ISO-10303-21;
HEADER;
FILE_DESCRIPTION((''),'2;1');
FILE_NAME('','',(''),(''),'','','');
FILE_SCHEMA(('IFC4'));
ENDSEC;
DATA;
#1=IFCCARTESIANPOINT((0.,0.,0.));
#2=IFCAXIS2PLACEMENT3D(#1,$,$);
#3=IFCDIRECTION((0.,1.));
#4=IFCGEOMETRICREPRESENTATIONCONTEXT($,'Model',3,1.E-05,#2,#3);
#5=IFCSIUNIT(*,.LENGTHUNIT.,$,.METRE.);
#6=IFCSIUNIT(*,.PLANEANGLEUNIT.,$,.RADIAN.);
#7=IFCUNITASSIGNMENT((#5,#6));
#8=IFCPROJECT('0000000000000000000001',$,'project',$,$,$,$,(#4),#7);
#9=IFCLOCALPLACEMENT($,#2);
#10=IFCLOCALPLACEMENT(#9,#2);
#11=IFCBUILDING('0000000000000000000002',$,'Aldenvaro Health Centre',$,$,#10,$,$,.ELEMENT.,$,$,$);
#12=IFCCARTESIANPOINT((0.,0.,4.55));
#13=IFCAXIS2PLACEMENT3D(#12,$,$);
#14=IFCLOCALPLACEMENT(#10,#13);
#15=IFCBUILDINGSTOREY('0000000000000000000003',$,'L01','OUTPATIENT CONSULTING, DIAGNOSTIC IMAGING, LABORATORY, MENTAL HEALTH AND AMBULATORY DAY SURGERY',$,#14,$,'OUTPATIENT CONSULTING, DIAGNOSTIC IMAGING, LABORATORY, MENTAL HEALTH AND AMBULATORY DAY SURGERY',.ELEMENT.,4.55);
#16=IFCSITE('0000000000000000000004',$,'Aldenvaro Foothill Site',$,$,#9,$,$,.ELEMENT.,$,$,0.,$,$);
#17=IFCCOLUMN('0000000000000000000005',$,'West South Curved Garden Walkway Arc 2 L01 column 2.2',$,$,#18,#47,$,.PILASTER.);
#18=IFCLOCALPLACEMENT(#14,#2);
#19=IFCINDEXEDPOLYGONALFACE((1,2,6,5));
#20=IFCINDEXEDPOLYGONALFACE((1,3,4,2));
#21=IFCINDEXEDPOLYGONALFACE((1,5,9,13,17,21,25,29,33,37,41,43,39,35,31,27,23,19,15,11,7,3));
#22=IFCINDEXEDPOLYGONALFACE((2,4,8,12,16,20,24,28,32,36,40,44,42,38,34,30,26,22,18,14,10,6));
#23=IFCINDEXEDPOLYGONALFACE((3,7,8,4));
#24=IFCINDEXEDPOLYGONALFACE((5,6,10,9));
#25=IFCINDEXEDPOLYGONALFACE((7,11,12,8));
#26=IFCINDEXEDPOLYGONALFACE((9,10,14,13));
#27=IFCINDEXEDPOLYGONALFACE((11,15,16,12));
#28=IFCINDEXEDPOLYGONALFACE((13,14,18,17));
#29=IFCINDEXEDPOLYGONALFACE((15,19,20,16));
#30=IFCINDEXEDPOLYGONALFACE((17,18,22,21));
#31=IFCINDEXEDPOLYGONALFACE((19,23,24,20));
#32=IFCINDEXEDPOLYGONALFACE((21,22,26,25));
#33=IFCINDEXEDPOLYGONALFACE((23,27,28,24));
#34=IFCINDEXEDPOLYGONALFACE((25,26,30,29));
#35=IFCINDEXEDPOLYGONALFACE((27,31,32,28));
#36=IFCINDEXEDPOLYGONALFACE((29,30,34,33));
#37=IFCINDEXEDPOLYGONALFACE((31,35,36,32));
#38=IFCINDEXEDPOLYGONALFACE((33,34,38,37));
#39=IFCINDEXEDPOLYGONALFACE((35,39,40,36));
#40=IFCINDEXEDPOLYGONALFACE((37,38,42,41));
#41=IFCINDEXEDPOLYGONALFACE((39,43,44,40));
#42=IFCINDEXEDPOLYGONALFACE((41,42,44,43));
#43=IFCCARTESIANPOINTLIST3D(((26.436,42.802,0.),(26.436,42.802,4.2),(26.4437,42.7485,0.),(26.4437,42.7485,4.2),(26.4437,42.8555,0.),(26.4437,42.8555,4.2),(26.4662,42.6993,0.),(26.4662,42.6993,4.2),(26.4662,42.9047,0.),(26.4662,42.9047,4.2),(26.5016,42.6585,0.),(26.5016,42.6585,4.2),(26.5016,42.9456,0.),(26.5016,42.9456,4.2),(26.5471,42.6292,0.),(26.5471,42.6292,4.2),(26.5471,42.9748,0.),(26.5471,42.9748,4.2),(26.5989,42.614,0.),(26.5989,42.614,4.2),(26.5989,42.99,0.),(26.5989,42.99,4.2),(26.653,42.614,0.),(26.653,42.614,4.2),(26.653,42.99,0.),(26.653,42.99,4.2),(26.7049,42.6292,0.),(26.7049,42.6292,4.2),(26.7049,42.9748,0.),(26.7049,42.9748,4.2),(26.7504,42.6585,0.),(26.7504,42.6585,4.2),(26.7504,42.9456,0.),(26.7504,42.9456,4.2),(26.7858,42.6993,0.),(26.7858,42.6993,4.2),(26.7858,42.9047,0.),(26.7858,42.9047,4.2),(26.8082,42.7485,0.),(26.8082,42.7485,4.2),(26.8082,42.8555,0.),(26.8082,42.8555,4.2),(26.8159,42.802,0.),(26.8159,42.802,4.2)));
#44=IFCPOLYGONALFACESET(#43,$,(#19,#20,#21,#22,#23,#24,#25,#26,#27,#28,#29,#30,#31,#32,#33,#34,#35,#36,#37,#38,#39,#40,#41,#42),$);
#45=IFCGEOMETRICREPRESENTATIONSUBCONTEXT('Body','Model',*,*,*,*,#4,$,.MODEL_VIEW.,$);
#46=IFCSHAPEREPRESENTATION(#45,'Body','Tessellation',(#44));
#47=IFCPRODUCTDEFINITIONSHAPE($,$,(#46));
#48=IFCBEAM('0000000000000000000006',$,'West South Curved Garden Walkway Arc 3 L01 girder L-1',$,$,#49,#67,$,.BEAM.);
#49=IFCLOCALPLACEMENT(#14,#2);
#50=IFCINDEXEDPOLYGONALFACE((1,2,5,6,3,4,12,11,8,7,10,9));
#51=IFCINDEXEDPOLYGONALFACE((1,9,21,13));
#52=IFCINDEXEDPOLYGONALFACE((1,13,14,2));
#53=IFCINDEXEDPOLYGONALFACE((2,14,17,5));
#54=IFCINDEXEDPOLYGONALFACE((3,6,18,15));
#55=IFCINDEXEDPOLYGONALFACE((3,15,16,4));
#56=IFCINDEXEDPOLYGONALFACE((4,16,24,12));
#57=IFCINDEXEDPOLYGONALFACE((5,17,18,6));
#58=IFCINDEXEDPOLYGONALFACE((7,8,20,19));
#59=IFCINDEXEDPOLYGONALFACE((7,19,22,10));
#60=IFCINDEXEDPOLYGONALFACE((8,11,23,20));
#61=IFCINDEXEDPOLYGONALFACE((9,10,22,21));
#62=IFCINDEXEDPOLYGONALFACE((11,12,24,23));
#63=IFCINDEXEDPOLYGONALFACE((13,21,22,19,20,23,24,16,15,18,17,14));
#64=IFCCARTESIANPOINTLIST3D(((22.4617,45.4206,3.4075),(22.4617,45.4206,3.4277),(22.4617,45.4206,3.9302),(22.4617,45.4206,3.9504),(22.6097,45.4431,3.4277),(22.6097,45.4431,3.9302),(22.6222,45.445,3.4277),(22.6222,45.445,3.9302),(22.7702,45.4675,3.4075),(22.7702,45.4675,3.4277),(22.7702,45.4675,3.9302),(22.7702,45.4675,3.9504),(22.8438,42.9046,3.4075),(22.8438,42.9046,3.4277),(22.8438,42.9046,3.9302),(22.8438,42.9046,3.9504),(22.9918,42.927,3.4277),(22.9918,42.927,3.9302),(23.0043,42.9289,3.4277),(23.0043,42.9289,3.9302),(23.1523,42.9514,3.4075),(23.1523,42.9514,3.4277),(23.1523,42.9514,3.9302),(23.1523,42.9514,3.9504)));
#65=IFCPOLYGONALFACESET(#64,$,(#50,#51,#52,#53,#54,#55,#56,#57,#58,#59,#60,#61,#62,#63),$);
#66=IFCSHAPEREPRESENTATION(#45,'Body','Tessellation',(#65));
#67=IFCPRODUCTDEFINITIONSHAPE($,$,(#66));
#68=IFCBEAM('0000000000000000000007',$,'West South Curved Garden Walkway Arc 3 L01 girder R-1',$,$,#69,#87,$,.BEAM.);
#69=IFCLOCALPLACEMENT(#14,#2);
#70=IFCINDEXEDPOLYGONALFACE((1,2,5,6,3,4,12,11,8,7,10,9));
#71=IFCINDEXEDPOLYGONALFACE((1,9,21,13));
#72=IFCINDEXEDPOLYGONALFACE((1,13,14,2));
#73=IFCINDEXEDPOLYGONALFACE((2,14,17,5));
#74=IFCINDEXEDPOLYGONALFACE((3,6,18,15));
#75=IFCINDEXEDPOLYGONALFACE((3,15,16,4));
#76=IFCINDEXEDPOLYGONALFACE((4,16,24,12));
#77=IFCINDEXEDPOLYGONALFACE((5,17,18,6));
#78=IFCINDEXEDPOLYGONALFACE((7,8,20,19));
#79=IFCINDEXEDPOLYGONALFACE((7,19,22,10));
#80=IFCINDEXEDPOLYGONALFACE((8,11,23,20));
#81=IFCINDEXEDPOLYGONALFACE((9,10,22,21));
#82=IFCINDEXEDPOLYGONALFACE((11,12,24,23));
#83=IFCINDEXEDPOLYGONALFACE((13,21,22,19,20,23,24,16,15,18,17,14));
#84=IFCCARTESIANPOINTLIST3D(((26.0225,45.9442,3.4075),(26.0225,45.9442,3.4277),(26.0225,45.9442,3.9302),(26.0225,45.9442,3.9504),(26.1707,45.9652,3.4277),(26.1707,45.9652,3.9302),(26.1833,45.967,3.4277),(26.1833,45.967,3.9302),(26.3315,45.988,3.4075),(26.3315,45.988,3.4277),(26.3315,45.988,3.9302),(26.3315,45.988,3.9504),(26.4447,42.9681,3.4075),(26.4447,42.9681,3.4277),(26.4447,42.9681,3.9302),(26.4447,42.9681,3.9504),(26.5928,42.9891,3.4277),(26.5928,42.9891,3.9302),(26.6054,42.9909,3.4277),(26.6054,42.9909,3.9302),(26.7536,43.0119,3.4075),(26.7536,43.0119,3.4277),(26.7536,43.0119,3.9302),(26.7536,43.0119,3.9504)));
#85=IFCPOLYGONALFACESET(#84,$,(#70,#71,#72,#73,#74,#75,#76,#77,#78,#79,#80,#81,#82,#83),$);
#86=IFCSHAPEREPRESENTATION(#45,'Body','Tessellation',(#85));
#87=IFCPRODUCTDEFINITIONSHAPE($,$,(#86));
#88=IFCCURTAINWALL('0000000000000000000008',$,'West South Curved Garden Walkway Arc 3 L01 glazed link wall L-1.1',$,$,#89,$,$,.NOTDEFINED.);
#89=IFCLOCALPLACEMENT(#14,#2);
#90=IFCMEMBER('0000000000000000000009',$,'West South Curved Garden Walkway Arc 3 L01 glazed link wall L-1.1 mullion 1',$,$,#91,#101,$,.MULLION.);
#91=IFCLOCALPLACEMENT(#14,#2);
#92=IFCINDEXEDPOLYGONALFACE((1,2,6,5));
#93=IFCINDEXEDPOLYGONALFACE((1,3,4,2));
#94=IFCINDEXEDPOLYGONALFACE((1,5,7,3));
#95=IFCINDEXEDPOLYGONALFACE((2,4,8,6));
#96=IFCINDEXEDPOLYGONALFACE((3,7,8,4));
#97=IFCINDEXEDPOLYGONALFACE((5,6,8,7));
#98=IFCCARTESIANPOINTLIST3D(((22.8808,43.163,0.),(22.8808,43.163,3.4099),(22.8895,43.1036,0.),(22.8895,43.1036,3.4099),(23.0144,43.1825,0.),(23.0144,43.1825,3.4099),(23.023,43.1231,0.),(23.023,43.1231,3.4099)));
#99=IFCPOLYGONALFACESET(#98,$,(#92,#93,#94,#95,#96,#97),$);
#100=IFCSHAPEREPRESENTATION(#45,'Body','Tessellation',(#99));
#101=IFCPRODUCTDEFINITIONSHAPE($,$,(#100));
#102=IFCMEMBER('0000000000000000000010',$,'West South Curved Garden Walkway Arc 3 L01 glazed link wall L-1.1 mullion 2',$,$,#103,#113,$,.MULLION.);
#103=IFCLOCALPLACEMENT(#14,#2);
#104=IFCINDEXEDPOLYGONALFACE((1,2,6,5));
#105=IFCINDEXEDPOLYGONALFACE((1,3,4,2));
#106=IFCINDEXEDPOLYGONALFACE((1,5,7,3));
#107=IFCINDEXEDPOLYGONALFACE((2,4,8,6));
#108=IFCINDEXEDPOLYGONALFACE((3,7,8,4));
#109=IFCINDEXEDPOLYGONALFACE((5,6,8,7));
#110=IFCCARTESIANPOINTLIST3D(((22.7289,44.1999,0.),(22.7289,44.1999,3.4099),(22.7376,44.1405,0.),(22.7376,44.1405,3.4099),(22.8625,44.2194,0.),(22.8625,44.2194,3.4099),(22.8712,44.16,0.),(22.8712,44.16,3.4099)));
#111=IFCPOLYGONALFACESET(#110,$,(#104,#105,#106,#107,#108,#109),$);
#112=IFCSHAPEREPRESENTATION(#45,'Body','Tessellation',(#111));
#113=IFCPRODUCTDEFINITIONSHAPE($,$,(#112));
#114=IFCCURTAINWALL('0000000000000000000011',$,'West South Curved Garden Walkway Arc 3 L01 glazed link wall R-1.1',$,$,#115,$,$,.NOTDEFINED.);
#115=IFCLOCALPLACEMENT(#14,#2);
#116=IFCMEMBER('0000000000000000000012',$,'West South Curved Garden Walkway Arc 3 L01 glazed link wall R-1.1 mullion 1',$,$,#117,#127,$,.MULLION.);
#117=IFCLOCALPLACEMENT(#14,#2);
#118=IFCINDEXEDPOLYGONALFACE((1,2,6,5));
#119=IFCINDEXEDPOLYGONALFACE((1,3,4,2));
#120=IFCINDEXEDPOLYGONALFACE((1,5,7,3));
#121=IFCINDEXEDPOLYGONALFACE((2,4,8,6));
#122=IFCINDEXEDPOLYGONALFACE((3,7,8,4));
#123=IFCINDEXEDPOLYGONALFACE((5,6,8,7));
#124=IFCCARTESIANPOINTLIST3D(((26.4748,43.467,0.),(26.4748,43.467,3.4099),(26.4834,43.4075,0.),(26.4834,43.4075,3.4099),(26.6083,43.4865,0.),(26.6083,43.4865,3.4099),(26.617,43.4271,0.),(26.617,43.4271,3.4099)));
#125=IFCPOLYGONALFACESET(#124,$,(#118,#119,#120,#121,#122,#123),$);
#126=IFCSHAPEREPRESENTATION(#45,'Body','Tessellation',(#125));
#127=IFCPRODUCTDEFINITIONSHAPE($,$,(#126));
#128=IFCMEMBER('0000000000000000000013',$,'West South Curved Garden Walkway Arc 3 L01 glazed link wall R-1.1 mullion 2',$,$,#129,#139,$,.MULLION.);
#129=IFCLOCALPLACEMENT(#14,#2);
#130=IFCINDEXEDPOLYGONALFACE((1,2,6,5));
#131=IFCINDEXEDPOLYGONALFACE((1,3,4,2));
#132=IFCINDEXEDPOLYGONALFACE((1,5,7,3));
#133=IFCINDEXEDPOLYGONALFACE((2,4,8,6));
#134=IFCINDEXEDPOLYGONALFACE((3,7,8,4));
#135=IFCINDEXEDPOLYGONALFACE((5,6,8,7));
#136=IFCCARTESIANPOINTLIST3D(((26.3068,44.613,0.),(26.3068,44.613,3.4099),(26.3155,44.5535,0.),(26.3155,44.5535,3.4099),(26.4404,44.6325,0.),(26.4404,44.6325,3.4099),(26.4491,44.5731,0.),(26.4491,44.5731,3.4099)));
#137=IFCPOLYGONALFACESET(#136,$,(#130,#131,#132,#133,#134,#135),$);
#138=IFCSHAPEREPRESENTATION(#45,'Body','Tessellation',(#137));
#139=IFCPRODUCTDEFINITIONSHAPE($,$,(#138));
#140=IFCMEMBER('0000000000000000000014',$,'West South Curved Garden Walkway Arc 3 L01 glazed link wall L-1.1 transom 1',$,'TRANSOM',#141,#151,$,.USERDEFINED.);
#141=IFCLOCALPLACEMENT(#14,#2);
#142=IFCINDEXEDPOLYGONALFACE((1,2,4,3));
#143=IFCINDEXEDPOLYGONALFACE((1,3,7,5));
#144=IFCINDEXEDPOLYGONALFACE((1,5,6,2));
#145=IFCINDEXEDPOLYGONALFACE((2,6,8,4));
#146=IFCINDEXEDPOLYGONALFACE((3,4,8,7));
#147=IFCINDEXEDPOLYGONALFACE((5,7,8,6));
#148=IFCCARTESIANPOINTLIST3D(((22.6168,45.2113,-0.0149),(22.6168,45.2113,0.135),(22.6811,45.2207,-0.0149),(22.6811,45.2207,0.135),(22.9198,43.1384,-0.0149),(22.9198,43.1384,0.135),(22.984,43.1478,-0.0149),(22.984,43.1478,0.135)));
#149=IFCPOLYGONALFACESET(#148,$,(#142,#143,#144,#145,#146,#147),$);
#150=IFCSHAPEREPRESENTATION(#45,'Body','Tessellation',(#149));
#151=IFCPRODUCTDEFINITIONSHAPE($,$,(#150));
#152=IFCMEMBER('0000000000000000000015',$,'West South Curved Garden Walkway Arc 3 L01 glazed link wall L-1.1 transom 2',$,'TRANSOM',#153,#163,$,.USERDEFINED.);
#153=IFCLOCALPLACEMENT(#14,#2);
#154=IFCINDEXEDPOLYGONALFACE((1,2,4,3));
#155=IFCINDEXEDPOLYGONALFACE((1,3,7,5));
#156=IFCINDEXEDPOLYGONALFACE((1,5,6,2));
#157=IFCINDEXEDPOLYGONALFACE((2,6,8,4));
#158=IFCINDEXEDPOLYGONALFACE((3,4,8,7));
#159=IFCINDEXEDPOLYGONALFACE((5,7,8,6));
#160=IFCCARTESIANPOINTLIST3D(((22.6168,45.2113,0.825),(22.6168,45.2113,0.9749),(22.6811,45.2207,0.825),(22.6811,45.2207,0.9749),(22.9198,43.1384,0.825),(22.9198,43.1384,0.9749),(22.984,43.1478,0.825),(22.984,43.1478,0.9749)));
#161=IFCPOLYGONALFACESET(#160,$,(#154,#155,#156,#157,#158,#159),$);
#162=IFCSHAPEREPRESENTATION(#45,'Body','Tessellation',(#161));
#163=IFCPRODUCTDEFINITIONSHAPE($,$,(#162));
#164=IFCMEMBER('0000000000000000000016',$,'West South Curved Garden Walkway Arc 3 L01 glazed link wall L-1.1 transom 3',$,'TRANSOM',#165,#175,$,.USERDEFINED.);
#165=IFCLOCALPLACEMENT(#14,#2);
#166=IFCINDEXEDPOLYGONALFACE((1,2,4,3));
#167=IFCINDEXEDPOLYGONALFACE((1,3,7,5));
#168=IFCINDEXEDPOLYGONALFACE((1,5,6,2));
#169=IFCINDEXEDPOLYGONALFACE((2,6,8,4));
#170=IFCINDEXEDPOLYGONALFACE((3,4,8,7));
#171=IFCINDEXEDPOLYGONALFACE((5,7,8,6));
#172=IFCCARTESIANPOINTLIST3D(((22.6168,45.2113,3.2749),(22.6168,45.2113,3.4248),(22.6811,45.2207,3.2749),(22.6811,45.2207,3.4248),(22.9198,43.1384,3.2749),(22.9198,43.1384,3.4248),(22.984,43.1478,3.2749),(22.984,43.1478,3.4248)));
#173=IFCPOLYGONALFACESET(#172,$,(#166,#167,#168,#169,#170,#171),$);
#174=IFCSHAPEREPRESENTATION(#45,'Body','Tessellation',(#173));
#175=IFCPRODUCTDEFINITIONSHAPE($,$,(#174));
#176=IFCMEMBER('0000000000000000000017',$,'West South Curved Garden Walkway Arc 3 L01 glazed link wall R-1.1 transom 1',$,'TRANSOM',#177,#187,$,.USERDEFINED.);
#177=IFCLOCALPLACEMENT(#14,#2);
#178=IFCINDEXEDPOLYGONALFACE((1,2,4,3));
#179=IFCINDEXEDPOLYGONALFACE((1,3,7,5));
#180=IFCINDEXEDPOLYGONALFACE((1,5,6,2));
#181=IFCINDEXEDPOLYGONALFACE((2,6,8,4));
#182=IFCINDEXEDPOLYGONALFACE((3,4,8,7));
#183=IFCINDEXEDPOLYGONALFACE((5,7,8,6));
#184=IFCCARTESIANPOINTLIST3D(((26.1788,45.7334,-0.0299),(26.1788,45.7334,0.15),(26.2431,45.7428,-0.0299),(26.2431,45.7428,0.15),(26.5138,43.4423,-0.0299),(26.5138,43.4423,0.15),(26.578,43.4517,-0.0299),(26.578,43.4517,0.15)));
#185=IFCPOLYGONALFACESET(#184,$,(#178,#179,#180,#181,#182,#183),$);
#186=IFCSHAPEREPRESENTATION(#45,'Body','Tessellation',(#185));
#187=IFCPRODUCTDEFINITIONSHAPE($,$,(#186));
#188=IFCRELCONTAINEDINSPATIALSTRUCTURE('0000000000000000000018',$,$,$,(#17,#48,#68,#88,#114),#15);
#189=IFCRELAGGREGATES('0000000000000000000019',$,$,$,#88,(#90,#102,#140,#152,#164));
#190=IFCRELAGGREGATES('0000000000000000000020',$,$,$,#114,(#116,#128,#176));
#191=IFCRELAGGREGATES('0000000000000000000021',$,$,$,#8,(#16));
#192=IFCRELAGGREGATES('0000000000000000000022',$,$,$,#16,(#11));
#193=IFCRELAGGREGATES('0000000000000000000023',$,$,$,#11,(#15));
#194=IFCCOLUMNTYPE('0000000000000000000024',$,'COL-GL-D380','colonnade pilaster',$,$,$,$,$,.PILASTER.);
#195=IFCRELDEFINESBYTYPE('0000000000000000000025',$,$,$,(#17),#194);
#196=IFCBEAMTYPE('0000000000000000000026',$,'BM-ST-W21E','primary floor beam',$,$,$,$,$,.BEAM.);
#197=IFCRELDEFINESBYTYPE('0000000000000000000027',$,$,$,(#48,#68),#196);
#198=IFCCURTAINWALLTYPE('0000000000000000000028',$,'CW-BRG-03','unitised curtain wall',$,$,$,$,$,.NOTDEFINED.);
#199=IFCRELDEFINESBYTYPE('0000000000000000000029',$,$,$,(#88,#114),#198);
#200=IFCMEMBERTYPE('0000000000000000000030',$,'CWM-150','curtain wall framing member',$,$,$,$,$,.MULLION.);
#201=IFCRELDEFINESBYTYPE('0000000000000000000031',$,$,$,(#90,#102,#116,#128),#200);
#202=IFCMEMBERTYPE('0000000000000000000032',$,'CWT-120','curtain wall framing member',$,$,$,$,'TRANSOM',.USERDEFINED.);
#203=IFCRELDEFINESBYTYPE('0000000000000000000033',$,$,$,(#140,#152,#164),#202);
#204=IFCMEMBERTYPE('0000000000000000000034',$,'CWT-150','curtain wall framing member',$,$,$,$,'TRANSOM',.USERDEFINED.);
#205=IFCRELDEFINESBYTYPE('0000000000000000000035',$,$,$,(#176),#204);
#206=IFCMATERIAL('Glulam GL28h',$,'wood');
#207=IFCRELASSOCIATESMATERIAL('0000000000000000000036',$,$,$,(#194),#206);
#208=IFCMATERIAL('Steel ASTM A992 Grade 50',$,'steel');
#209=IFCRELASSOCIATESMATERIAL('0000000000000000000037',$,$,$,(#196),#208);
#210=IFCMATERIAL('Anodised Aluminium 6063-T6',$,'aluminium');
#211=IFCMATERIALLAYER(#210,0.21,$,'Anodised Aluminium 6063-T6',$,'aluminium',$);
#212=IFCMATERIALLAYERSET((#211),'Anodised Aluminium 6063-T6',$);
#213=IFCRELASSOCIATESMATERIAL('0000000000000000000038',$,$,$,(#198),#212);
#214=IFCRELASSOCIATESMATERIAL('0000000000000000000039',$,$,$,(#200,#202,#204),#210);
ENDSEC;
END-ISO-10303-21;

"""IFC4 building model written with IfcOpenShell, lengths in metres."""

from ifc_helpers import new_model, si_unit, direction, frame, origin, origin_2d, place, context, subcontext, project, spatial, rectangle, circle, i_section, extrude, material, layer, layer_set, material_profile, profile_set, type_object, element, aggregate, save


model = new_model("IFC4")

# Units and contexts
model_context = context("Model", 3, precision=1e-05, world=origin(), true_north=direction((0.0, 1.0)))
body_context = subcontext(model_context, "Body", "Model", "MODEL_VIEW")
ifc_project = project(units=[si_unit("LENGTHUNIT", "METRE"), si_unit("PLANEANGLEUNIT", "RADIAN")], contexts=[model_context])

# Site, building, storey
site_placement = place(None, origin())
site = spatial("IfcSite", under=ifc_project, at=site_placement, Name="Aldenvaro Foothill Site", CompositionType="ELEMENT", RefElevation=0.0)
building_placement = place(site_placement, origin())
building = spatial("IfcBuilding", under=site, at=building_placement, Name="Aldenvaro Health Centre", CompositionType="ELEMENT")
storey_placement = place(building_placement, frame((0.0, 0.0, 4.55)))
storey = spatial("IfcBuildingStorey", under=building, at=storey_placement, Name="L01", Description="OUTPATIENT CONSULTING, DIAGNOSTIC IMAGING, LABORATORY, MENTAL HEALTH AND AMBULATORY DAY SURGERY", LongName="OUTPATIENT CONSULTING, DIAGNOSTIC IMAGING, LABORATORY, MENTAL HEALTH AND AMBULATORY DAY SURGERY", CompositionType="ELEMENT", Elevation=4.55)

# Column
ifc_material_1 = material(Name="Glulam GL28h", Category="wood")
ifc_material_profile_1 = material_profile(ifc_material_1, circle(Radius=0.1899, at=origin_2d()), Name="GL D380", Category="wood")
ifc_profile_set_1 = profile_set([ifc_material_profile_1], Name="Glulam GL28h")
column_type = type_object("IfcColumnType", Name="COL-GL-D380", Description="colonnade pilaster", PredefinedType="PILASTER", material=ifc_profile_set_1)
column_placement = place(storey_placement, frame((26.626, 42.802, 0.0), z_axis=(0.0, 0.0, 1.0), x_axis=(1.0, 0.0, 0.0)))
element("IfcColumn", 1, at=column_placement, inside=storey, type_object=column_type, Name="West South Curved Garden Walkway Arc 2 L01 column 2.2", PredefinedType="PILASTER", context=body_context, shape_type="SweptSolid", body=[
    extrude(circle(Radius=0.1899, at=origin_2d()), origin(), (0.0, 0.0, 1.0), 4.2),
])

# Beams
ifc_material_2 = material(Name="Steel ASTM A992 Grade 50", Category="steel")
ifc_material_profile_2 = material_profile(ifc_material_2, i_section(OverallWidth=0.312, OverallDepth=0.543, WebThickness=0.0127, FlangeThickness=0.0203, at=origin_2d()), Name="W21X101", Category="steel")
ifc_profile_set_2 = profile_set([ifc_material_profile_2], Name="Steel ASTM A992 Grade 50")
beam_type = type_object("IfcBeamType", Name="BM-ST-W21E", Description="primary floor beam", PredefinedType="BEAM", material=ifc_profile_set_2)
beam_1_placement = place(storey_placement, frame((22.998, 42.928, 3.679), z_axis=(-0.150132, 0.988666, 0.0), x_axis=(-0.988666, -0.150132, 0.0)))
element("IfcBeam", 2, at=beam_1_placement, inside=storey, type_object=beam_type, Name="West South Curved Garden Walkway Arc 3 L01 girder L-1", PredefinedType="BEAM", context=body_context, shape_type="SweptSolid", body=[
    extrude(i_section(OverallWidth=0.312, OverallDepth=0.543, WebThickness=0.0127, FlangeThickness=0.0203, at=origin_2d()), origin(), (0.0, 0.0, 1.0), 2.5449),
])
beam_2_placement = place(storey_placement, frame((26.5991, 42.99, 3.679), z_axis=(-0.140432, 0.99009, 0.0), x_axis=(-0.99009, -0.140432, 0.0)))
element("IfcBeam", 3, at=beam_2_placement, inside=storey, type_object=beam_type, Name="West South Curved Garden Walkway Arc 3 L01 girder R-1", PredefinedType="BEAM", context=body_context, shape_type="SweptSolid", body=[
    extrude(i_section(OverallWidth=0.312, OverallDepth=0.543, WebThickness=0.0127, FlangeThickness=0.0203, at=origin_2d()), origin(), (0.0, 0.0, 1.0), 3.0059),
])

# Curtain walls, members
ifc_material_3 = material(Name="Anodised Aluminium 6063-T6", Category="aluminium")
ifc_layer_1 = layer(ifc_material_3, 0.21, Name="Anodised Aluminium 6063-T6", Category="aluminium")
ifc_layer_set_1 = layer_set([ifc_layer_1], Name="Anodised Aluminium 6063-T6")
curtain_wall_type = type_object("IfcCurtainWallType", Name="CW-BRG-03", Description="unitised curtain wall", PredefinedType="NOTDEFINED", material=ifc_layer_set_1)
curtain_wall_1_placement = place(storey_placement, origin())
curtain_wall_1 = element("IfcCurtainWall", 4, at=curtain_wall_1_placement, inside=storey, type_object=curtain_wall_type, Name="West South Curved Garden Walkway Arc 3 L01 glazed link wall L-1.1", PredefinedType="NOTDEFINED")
ifc_material_profile_3 = material_profile(ifc_material_3, rectangle(XDim=0.0601, YDim=0.135, at=origin_2d()), Name="ALU 60x135", Category="aluminium")
ifc_profile_set_3 = profile_set([ifc_material_profile_3], Name="Anodised Aluminium 6063-T6")
member_type_1 = type_object("IfcMemberType", Name="CWM-150", Description="curtain wall framing member", PredefinedType="MULLION", material=ifc_profile_set_3)
member_1_placement = place(storey_placement, frame((22.9519, 43.1431, 0.0), z_axis=(0.0, 0.0, 1.0), x_axis=(-0.144628, 0.989486, 0.0)))
member_1 = element("IfcMember", 5, at=member_1_placement, type_object=member_type_1, Name="West South Curved Garden Walkway Arc 3 L01 glazed link wall L-1.1 mullion 1", PredefinedType="MULLION", context=body_context, shape_type="SweptSolid", body=[
    extrude(rectangle(XDim=0.0601, YDim=0.135, at=origin_2d()), origin(), (0.0, 0.0, 1.0), 3.4099),
])
member_2_placement = place(storey_placement, frame((22.8, 44.1799, 0.0), z_axis=(0.0, 0.0, 1.0), x_axis=(-0.144628, 0.989486, 0.0)))
member_2 = element("IfcMember", 6, at=member_2_placement, type_object=member_type_1, Name="West South Curved Garden Walkway Arc 3 L01 glazed link wall L-1.1 mullion 2", PredefinedType="MULLION", context=body_context, shape_type="SweptSolid", body=[
    extrude(rectangle(XDim=0.0601, YDim=0.135, at=origin_2d()), origin(), (0.0, 0.0, 1.0), 3.4099),
])
curtain_wall_2_placement = place(storey_placement, origin())
curtain_wall_2 = element("IfcCurtainWall", 7, at=curtain_wall_2_placement, inside=storey, type_object=curtain_wall_type, Name="West South Curved Garden Walkway Arc 3 L01 glazed link wall R-1.1", PredefinedType="NOTDEFINED")
member_3_placement = place(storey_placement, frame((26.5459, 43.447, 0.0), z_axis=(0.0, 0.0, 1.0), x_axis=(-0.144686, 0.989478, 0.0)))
member_3 = element("IfcMember", 8, at=member_3_placement, type_object=member_type_1, Name="West South Curved Garden Walkway Arc 3 L01 glazed link wall R-1.1 mullion 1", PredefinedType="MULLION", context=body_context, shape_type="SweptSolid", body=[
    extrude(rectangle(XDim=0.0601, YDim=0.135, at=origin_2d()), origin(), (0.0, 0.0, 1.0), 3.4099),
])
member_4_placement = place(storey_placement, frame((26.3779, 44.593, 0.0), z_axis=(0.0, 0.0, 1.0), x_axis=(-0.144686, 0.989478, 0.0)))
member_4 = element("IfcMember", 9, at=member_4_placement, type_object=member_type_1, Name="West South Curved Garden Walkway Arc 3 L01 glazed link wall R-1.1 mullion 2", PredefinedType="MULLION", context=body_context, shape_type="SweptSolid", body=[
    extrude(rectangle(XDim=0.0601, YDim=0.135, at=origin_2d()), origin(), (0.0, 0.0, 1.0), 3.4099),
])

# Members
ifc_material_profile_4 = material_profile(ifc_material_3, rectangle(XDim=0.0649, YDim=0.1499, at=origin_2d()), Name="ALU 65x150", Category="aluminium")
ifc_profile_set_4 = profile_set([ifc_material_profile_4], Name="Anodised Aluminium 6063-T6")
member_type_2 = type_object("IfcMemberType", Name="CWT-120", Description="curtain wall framing member", ElementType="TRANSOM", PredefinedType="USERDEFINED", material=ifc_profile_set_4)
member_5_placement = place(storey_placement, frame((22.9519, 43.1431, 0.0601), z_axis=(-0.144618, 0.989488, 0.0), x_axis=(-0.989488, -0.144618, 0.0)))
member_5 = element("IfcMember", 10, at=member_5_placement, type_object=member_type_2, Name="West South Curved Garden Walkway Arc 3 L01 glazed link wall L-1.1 transom 1", ObjectType="TRANSOM", PredefinedType="USERDEFINED", context=body_context, shape_type="SweptSolid", body=[
    extrude(rectangle(XDim=0.0649, YDim=0.1499, at=origin_2d()), origin(), (0.0, 0.0, 1.0), 2.095),
])
member_6_placement = place(storey_placement, frame((22.9519, 43.1431, 0.8999), z_axis=(-0.144618, 0.989488, 0.0), x_axis=(-0.989488, -0.144618, 0.0)))
member_6 = element("IfcMember", 11, at=member_6_placement, type_object=member_type_2, Name="West South Curved Garden Walkway Arc 3 L01 glazed link wall L-1.1 transom 2", ObjectType="TRANSOM", PredefinedType="USERDEFINED", context=body_context, shape_type="SweptSolid", body=[
    extrude(rectangle(XDim=0.0649, YDim=0.1499, at=origin_2d()), origin(), (0.0, 0.0, 1.0), 2.095),
])
member_7_placement = place(storey_placement, frame((22.9519, 43.1431, 3.3499), z_axis=(-0.144618, 0.989488, 0.0), x_axis=(-0.989488, -0.144618, 0.0)))
member_7 = element("IfcMember", 12, at=member_7_placement, type_object=member_type_2, Name="West South Curved Garden Walkway Arc 3 L01 glazed link wall L-1.1 transom 3", ObjectType="TRANSOM", PredefinedType="USERDEFINED", context=body_context, shape_type="SweptSolid", body=[
    extrude(rectangle(XDim=0.0649, YDim=0.1499, at=origin_2d()), origin(), (0.0, 0.0, 1.0), 2.095),
])
ifc_material_profile_5 = material_profile(ifc_material_3, rectangle(XDim=0.0649, YDim=0.1799, at=origin_2d()), Name="ALU 65x180", Category="aluminium")
ifc_profile_set_5 = profile_set([ifc_material_profile_5], Name="Anodised Aluminium 6063-T6")
member_type_3 = type_object("IfcMemberType", Name="CWT-150", Description="curtain wall framing member", ElementType="TRANSOM", PredefinedType="USERDEFINED", material=ifc_profile_set_5)
member_8_placement = place(storey_placement, frame((26.5459, 43.447, 0.0601), z_axis=(-0.144668, 0.98948, 0.0), x_axis=(-0.98948, -0.144668, 0.0)))
member_8 = element("IfcMember", 13, at=member_8_placement, type_object=member_type_3, Name="West South Curved Garden Walkway Arc 3 L01 glazed link wall R-1.1 transom 1", ObjectType="TRANSOM", PredefinedType="USERDEFINED", context=body_context, shape_type="SweptSolid", body=[
    extrude(rectangle(XDim=0.0649, YDim=0.1799, at=origin_2d()), origin(), (0.0, 0.0, 1.0), 2.3154),
])

aggregate(curtain_wall_1, [member_1, member_2, member_5, member_6, member_7])
aggregate(curtain_wall_2, [member_3, member_4, member_8])

save(model, "model.ifc")
